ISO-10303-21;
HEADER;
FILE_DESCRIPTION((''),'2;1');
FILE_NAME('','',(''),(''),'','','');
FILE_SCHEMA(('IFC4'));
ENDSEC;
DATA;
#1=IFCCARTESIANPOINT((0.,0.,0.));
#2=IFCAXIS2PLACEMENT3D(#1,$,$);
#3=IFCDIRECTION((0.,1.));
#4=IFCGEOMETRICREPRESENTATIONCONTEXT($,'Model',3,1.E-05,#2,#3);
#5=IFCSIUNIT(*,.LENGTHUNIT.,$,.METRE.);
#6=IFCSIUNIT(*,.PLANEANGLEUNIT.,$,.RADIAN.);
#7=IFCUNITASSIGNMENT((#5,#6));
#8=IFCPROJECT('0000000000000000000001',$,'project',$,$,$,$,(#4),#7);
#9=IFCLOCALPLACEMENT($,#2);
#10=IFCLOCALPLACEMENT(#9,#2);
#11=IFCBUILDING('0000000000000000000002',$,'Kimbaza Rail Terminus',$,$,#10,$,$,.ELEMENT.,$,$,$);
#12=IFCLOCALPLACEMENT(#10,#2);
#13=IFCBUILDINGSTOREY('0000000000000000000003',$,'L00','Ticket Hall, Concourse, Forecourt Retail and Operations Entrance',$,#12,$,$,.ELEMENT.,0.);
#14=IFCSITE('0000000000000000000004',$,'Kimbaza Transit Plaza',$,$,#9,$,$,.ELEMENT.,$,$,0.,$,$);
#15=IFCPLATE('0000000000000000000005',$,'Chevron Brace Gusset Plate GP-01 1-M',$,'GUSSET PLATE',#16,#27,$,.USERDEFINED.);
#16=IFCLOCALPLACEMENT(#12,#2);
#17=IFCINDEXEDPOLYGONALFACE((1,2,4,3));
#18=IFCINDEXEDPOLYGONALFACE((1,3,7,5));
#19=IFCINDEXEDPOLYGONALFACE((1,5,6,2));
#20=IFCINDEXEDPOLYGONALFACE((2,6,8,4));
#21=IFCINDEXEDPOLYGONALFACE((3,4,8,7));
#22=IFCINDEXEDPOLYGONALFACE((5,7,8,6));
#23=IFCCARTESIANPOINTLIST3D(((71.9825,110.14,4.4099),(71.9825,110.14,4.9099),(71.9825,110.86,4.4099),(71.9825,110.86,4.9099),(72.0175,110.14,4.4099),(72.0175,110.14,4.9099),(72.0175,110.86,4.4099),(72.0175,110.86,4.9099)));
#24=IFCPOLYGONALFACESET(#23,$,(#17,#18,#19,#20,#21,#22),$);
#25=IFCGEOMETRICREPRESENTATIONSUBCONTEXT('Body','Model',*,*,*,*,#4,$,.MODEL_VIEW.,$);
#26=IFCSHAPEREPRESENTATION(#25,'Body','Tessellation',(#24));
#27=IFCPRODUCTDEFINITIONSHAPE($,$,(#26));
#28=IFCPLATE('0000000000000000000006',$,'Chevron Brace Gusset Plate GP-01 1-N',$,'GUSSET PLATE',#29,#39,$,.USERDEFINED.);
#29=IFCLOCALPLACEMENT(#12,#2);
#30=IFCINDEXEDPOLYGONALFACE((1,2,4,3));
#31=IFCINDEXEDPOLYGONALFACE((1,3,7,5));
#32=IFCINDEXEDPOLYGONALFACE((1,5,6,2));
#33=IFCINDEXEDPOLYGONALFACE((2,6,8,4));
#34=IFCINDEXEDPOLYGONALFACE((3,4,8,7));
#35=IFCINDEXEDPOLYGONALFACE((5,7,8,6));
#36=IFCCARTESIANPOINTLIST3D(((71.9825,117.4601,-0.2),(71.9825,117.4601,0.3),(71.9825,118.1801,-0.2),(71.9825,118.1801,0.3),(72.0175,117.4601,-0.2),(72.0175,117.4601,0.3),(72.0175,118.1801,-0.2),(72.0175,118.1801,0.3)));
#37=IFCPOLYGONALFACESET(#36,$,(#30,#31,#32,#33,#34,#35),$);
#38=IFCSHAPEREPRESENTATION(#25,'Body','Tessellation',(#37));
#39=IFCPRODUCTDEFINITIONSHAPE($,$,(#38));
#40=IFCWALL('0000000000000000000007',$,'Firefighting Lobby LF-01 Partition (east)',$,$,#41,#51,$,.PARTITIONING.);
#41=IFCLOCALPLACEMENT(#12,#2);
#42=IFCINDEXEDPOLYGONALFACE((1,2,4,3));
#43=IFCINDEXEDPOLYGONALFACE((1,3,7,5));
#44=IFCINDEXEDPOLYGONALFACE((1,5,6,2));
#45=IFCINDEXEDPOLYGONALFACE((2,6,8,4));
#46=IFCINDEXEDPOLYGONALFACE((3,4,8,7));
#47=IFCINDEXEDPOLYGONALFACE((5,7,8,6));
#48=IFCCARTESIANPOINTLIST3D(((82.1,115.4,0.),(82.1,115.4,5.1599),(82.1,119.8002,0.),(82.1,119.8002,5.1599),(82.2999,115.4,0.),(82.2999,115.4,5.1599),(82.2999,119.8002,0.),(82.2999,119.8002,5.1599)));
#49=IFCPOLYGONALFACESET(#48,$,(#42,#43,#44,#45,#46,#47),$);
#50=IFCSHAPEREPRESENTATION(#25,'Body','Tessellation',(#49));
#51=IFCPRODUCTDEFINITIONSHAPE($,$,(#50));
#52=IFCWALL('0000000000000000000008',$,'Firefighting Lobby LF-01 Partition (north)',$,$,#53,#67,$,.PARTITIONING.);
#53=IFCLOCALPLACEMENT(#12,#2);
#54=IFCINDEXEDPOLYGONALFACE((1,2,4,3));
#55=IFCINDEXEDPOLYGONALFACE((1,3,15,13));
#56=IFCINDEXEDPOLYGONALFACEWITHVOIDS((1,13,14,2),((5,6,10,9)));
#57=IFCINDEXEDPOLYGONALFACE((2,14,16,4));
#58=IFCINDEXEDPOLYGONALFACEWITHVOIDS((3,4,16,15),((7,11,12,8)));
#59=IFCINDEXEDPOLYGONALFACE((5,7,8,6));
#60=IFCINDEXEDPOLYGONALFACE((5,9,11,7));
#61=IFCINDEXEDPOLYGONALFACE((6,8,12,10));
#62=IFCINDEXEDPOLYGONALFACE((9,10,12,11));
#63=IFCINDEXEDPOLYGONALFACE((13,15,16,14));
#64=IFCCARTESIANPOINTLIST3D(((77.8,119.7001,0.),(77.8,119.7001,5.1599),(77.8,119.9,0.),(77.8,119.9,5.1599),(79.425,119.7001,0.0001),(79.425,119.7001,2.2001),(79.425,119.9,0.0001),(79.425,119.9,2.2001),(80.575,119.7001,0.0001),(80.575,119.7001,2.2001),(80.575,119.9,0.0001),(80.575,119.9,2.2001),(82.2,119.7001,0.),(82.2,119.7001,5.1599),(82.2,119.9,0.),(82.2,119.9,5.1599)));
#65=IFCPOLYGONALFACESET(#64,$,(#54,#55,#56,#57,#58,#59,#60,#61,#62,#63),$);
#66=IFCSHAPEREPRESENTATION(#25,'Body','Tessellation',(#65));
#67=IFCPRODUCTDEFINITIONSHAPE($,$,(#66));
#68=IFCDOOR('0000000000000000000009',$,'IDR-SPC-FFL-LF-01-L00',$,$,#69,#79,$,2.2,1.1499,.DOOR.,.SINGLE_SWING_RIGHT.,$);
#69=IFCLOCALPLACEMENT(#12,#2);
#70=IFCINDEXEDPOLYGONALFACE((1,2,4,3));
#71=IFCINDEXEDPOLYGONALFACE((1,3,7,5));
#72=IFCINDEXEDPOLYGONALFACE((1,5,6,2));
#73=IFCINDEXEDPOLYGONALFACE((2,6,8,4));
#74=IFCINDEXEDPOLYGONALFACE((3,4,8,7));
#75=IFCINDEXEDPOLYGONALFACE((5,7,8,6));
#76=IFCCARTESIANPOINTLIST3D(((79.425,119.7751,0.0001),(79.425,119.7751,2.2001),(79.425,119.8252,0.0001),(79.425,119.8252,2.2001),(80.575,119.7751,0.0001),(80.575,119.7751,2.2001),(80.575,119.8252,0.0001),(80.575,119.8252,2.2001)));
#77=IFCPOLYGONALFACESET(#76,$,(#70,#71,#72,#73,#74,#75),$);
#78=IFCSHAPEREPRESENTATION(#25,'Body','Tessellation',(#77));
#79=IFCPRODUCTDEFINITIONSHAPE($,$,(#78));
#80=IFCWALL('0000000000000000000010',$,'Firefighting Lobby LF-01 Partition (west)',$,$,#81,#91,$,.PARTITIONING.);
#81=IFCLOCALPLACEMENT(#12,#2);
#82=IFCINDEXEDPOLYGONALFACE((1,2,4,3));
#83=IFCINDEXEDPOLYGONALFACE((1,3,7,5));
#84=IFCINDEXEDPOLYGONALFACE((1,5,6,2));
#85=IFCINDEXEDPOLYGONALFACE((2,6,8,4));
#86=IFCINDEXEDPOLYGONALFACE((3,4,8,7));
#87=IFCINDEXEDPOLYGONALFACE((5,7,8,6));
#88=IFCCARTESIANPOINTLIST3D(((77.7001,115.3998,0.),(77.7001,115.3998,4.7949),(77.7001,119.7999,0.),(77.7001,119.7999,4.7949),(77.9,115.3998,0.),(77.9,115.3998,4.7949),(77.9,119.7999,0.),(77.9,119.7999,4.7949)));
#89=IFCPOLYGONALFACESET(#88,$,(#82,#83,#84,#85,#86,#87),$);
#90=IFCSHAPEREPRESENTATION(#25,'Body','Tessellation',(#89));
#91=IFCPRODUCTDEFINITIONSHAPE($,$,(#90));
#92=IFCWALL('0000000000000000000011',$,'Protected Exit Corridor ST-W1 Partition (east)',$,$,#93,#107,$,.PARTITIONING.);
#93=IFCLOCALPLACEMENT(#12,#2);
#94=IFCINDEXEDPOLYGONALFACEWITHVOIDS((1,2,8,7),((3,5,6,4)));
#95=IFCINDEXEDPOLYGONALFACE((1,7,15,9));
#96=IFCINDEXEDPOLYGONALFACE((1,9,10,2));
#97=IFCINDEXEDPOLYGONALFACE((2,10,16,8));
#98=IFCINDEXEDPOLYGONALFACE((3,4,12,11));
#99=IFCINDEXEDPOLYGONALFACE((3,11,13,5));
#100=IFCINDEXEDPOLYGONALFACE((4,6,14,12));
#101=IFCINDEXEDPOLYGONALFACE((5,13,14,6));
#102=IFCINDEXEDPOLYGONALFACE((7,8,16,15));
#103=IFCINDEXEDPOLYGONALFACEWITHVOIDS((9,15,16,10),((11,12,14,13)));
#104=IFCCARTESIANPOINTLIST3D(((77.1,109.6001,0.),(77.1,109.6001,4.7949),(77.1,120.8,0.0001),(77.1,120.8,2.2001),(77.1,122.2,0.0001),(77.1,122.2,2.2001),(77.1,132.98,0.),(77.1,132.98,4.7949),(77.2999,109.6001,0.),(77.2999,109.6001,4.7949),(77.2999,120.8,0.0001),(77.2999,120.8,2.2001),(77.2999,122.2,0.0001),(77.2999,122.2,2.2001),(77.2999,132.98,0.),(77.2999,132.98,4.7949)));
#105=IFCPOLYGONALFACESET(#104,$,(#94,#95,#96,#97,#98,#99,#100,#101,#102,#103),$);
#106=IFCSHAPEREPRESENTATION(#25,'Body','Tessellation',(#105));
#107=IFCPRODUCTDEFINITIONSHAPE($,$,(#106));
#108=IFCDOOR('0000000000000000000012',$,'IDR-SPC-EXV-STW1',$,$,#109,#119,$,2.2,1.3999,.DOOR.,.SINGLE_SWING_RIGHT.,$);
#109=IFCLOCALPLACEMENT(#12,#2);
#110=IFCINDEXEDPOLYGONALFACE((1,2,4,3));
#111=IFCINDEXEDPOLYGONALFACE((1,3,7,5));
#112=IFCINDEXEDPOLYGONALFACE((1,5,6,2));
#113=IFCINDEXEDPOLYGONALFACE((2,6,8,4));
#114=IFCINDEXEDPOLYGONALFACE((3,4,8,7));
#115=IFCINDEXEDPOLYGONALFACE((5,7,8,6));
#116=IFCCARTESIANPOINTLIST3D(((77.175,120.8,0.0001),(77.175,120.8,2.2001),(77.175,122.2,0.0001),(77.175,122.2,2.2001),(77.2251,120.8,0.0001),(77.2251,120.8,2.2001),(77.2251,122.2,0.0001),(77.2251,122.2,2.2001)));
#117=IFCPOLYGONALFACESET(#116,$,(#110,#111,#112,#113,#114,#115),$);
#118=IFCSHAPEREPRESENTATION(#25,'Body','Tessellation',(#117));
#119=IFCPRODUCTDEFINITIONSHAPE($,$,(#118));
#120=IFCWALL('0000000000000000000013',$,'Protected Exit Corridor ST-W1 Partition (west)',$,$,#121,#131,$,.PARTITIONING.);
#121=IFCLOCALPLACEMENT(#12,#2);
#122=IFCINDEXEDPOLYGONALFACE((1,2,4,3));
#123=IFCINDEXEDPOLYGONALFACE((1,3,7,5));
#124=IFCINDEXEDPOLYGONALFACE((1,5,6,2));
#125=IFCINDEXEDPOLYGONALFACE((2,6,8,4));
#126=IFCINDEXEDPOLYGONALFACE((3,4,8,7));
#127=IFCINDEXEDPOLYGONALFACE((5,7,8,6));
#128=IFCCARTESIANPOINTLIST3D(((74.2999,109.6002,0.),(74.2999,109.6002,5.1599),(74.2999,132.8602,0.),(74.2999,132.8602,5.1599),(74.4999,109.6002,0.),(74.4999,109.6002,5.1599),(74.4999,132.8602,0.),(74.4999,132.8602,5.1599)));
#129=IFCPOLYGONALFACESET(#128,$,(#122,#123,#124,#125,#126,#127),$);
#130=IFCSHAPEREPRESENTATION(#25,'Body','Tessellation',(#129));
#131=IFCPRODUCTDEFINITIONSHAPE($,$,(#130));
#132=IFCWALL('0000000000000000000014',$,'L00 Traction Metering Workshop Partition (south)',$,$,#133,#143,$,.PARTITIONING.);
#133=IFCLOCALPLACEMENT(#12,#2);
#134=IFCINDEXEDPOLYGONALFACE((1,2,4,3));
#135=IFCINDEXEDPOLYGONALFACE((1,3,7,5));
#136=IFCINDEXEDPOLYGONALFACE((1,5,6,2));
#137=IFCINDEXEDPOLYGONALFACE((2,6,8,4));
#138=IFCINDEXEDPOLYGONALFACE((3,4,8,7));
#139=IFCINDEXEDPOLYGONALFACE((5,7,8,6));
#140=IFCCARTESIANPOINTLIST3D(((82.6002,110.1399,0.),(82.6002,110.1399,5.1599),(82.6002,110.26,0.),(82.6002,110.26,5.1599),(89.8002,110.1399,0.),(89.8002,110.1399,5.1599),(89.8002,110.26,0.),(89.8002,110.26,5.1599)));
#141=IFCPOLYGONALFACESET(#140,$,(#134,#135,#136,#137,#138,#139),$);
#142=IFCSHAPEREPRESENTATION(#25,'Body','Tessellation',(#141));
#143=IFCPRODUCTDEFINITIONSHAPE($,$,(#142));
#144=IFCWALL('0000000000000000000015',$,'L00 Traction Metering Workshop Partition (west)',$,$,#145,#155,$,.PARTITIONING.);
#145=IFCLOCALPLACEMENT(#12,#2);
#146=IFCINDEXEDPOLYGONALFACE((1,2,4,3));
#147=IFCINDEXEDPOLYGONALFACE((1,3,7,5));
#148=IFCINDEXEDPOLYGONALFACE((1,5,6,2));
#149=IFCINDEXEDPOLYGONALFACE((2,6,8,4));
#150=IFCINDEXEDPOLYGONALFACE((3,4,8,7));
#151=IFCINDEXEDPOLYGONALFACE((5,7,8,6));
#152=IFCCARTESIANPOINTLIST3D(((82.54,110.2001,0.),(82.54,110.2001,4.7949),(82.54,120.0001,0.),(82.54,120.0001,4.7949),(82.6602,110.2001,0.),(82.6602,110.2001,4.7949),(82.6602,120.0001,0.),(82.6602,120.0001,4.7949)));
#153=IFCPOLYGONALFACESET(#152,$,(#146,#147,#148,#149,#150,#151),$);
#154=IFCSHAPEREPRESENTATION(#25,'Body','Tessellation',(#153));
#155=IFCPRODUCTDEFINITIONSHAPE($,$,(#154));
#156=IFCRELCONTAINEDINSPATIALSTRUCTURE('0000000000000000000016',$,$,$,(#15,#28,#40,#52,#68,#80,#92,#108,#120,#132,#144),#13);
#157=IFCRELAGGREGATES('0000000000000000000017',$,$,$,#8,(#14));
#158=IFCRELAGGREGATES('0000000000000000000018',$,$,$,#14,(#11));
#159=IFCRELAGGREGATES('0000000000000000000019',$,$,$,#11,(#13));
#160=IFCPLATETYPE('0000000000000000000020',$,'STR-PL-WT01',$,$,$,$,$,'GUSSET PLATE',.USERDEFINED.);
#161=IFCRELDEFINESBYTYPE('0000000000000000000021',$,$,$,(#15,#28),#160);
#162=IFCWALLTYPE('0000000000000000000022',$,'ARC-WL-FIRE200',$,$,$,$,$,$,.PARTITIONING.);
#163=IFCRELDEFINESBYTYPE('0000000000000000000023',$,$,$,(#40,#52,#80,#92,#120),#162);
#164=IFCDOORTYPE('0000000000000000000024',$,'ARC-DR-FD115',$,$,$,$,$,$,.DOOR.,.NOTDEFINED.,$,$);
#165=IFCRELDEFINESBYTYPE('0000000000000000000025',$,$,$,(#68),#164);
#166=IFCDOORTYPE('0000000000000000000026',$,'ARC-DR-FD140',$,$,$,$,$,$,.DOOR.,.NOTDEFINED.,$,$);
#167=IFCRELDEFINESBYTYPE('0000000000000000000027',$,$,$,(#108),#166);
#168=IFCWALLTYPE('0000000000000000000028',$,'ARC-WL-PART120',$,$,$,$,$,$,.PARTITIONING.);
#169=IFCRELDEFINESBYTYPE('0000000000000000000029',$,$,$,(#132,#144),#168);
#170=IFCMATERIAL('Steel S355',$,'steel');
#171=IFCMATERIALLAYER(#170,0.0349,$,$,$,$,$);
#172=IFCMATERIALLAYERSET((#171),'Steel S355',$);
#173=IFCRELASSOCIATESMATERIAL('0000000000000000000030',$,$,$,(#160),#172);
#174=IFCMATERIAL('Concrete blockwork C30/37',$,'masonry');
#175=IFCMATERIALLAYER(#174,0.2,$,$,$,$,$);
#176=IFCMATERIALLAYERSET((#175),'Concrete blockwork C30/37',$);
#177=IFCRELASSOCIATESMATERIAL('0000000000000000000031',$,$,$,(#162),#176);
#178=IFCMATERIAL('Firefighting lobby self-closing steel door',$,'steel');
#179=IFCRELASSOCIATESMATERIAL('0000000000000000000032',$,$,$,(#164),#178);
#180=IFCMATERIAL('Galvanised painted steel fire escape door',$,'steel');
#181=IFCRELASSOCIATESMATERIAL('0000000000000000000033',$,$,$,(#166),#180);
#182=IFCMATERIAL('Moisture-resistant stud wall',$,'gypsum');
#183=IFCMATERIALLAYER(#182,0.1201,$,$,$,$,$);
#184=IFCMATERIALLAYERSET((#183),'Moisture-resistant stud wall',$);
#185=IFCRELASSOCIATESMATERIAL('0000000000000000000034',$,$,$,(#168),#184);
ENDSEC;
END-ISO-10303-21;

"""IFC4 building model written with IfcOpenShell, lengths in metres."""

from ifc_helpers import new_model, si_unit, direction, frame, frame_2d, origin, origin_2d, place, context, subcontext, project, spatial, rectangle, extrude, material, layer, layer_set, type_object, element, fill, save


model = new_model("IFC4")

# Units and contexts
model_context = context("Model", 3, precision=1e-05, world=origin(), true_north=direction((0.0, 1.0)))
body_context = subcontext(model_context, "Body", "Model", "MODEL_VIEW")
ifc_project = project(units=[si_unit("LENGTHUNIT", "METRE"), si_unit("PLANEANGLEUNIT", "RADIAN")], contexts=[model_context])

# Site, building, storey
site_placement = place(None, origin())
site = spatial("IfcSite", under=ifc_project, at=site_placement, Name="Kimbaza Transit Plaza", CompositionType="ELEMENT", RefElevation=0.0)
building_placement = place(site_placement, origin())
building = spatial("IfcBuilding", under=site, at=building_placement, Name="Kimbaza Rail Terminus", CompositionType="ELEMENT")
storey_placement = place(building_placement, origin())
storey = spatial("IfcBuildingStorey", under=building, at=storey_placement, Name="L00", Description="Ticket Hall, Concourse, Forecourt Retail and Operations Entrance", CompositionType="ELEMENT", Elevation=0.0)

# Plates
ifc_material_1 = material(Name="Steel S355", Category="steel")
ifc_layer_1 = layer(ifc_material_1, 0.0349)
ifc_layer_set_1 = layer_set([ifc_layer_1], Name="Steel S355")
plate_type = type_object("IfcPlateType", Name="STR-PL-WT01", ElementType="GUSSET PLATE", PredefinedType="USERDEFINED", material=ifc_layer_set_1)
for number, where, z_axis, x_axis, name in (
    (1, (72.0, 110.5, 4.4099), (0.0, 0.0, 1.0), (1.0, 0.0, 0.0), "Chevron Brace Gusset Plate GP-01 1-M"),
    (2, (72.0, 117.8201, -0.2), (0.0, 0.0, 1.0), (1.0, 0.0, 0.0), "Chevron Brace Gusset Plate GP-01 1-N"),
):
    element("IfcPlate", number, at=place(storey_placement, frame(where, z_axis=z_axis, x_axis=x_axis)), inside=storey, type_object=plate_type, Name=name, ObjectType="GUSSET PLATE", PredefinedType="USERDEFINED", context=body_context, shape_type="SweptSolid", body=[
        extrude(rectangle(XDim=0.0349, YDim=0.72, at=origin_2d()), origin(), (0.0, 0.0, 1.0), 0.5),
    ])

# Wall
ifc_material_2 = material(Name="Concrete blockwork C30/37", Category="masonry")
ifc_layer_2 = layer(ifc_material_2, 0.2)
ifc_layer_set_2 = layer_set([ifc_layer_2], Name="Concrete blockwork C30/37")
wall_type_1 = type_object("IfcWallType", Name="ARC-WL-FIRE200", PredefinedType="PARTITIONING", material=ifc_layer_set_2)
wall_1_placement = place(storey_placement, frame((82.2, 115.3999, 0.0), z_axis=(0.0, 0.0, 1.0), x_axis=(0.0, 1.0, 0.0)))
element("IfcWall", 3, at=wall_1_placement, inside=storey, type_object=wall_type_1, Name="Firefighting Lobby LF-01 Partition (east)", PredefinedType="PARTITIONING", context=body_context, shape_type="SweptSolid", body=[
    extrude(rectangle(XDim=4.4001, YDim=0.2, at=frame_2d((2.2002, 0.0))), origin(), (0.0, 0.0, 1.0), 5.1599),
])

# Wall, opening, door
wall_2_placement = place(storey_placement, frame((82.2, 119.8, 0.0), z_axis=(0.0, 0.0, 1.0), x_axis=(-1.0, 0.0, 0.0)))
wall_2 = element("IfcWall", 4, at=wall_2_placement, inside=storey, type_object=wall_type_1, Name="Firefighting Lobby LF-01 Partition (north)", PredefinedType="PARTITIONING", context=body_context, shape_type="SweptSolid", body=[
    extrude(rectangle(XDim=4.3999, YDim=0.2, at=frame_2d((2.2, 0.0))), origin(), (0.0, 0.0, 1.0), 5.1599),
])
opening_1_placement = place(wall_2_placement, frame((1.625, 0.0, 0.0)))
opening_1 = element("IfcOpeningElement", 5, at=opening_1_placement, cuts=wall_2, PredefinedType="OPENING", context=body_context, shape_type="SweptSolid", body=[
    extrude(rectangle(XDim=1.1499, YDim=2.2, at=frame_2d((0.575, 1.1001))), frame((0.0, 0.1099, 0.0), z_axis=(0.0, -1.0, 0.0), x_axis=(1.0, 0.0, 0.0)), (0.0, 0.0, 1.0), 0.22),
])
ifc_material_3 = material(Name="Firefighting lobby self-closing steel door", Category="steel")
door_type_1 = type_object("IfcDoorType", Name="ARC-DR-FD115", OperationType="NOTDEFINED", PredefinedType="DOOR", material=ifc_material_3)
door_1_placement = place(opening_1_placement, origin())
door_1 = element("IfcDoor", 6, at=door_1_placement, inside=storey, type_object=door_type_1, Name="IDR-SPC-FFL-LF-01-L00", OperationType="SINGLE_SWING_RIGHT", OverallHeight=2.2, OverallWidth=1.1499, PredefinedType="DOOR", context=body_context, shape_type="SweptSolid", body=[
    extrude(rectangle(XDim=1.1499, YDim=2.2, at=frame_2d((0.575, 1.1001))), frame((0.0, 0.0249, 0.0), z_axis=(0.0, -1.0, 0.0), x_axis=(1.0, 0.0, 0.0)), (0.0, 0.0, 1.0), 0.05),
])
fill(opening_1, door_1)

# Wall
wall_3_placement = place(storey_placement, frame((77.8, 119.8, 0.0), z_axis=(0.0, 0.0, 1.0), x_axis=(0.0, -1.0, 0.0)))
element("IfcWall", 7, at=wall_3_placement, inside=storey, type_object=wall_type_1, Name="Firefighting Lobby LF-01 Partition (west)", PredefinedType="PARTITIONING", context=body_context, shape_type="SweptSolid", body=[
    extrude(rectangle(XDim=4.4001, YDim=0.2, at=frame_2d((2.2002, 0.0))), origin(), (0.0, 0.0, 1.0), 4.7949),
])

# Wall, opening, door
wall_4_placement = place(storey_placement, frame((77.2, 109.6001, 0.0), z_axis=(0.0, 0.0, 1.0), x_axis=(0.0, 1.0, 0.0)))
wall_4 = element("IfcWall", 8, at=wall_4_placement, inside=storey, type_object=wall_type_1, Name="Protected Exit Corridor ST-W1 Partition (east)", PredefinedType="PARTITIONING", context=body_context, shape_type="SweptSolid", body=[
    extrude(rectangle(XDim=23.3799, YDim=0.2, at=frame_2d((11.6899, 0.0))), origin(), (0.0, 0.0, 1.0), 4.7949),
])
opening_2_placement = place(wall_4_placement, frame((11.2, 0.0, 0.0)))
opening_2 = element("IfcOpeningElement", 9, at=opening_2_placement, cuts=wall_4, PredefinedType="OPENING", context=body_context, shape_type="SweptSolid", body=[
    extrude(rectangle(XDim=1.3999, YDim=2.2, at=frame_2d((0.7, 1.1001))), frame((0.0, 0.1099, 0.0), z_axis=(0.0, -1.0, 0.0), x_axis=(1.0, 0.0, 0.0)), (0.0, 0.0, 1.0), 0.22),
])
ifc_material_4 = material(Name="Galvanised painted steel fire escape door", Category="steel")
door_type_2 = type_object("IfcDoorType", Name="ARC-DR-FD140", OperationType="NOTDEFINED", PredefinedType="DOOR", material=ifc_material_4)
door_2_placement = place(opening_2_placement, origin())
door_2 = element("IfcDoor", 10, at=door_2_placement, inside=storey, type_object=door_type_2, Name="IDR-SPC-EXV-STW1", OperationType="SINGLE_SWING_RIGHT", OverallHeight=2.2, OverallWidth=1.3999, PredefinedType="DOOR", context=body_context, shape_type="SweptSolid", body=[
    extrude(rectangle(XDim=1.3999, YDim=2.2, at=frame_2d((0.7, 1.1001))), frame((0.0, 0.0249, 0.0), z_axis=(0.0, -1.0, 0.0), x_axis=(1.0, 0.0, 0.0)), (0.0, 0.0, 1.0), 0.05),
])
fill(opening_2, door_2)

# Walls
wall_5_placement = place(storey_placement, frame((74.3999, 132.8601, 0.0), z_axis=(0.0, 0.0, 1.0), x_axis=(0.0, -1.0, 0.0)))
element("IfcWall", 11, at=wall_5_placement, inside=storey, type_object=wall_type_1, Name="Protected Exit Corridor ST-W1 Partition (west)", PredefinedType="PARTITIONING", context=body_context, shape_type="SweptSolid", body=[
    extrude(rectangle(XDim=23.26, YDim=0.2, at=frame_2d((11.6299, 0.0))), origin(), (0.0, 0.0, 1.0), 5.1599),
])
ifc_material_5 = material(Name="Moisture-resistant stud wall", Category="gypsum")
ifc_layer_3 = layer(ifc_material_5, 0.1201)
ifc_layer_set_3 = layer_set([ifc_layer_3], Name="Moisture-resistant stud wall")
wall_type_2 = type_object("IfcWallType", Name="ARC-WL-PART120", PredefinedType="PARTITIONING", material=ifc_layer_set_3)
wall_6_placement = place(storey_placement, frame((82.6001, 110.2, 0.0), z_axis=(0.0, 0.0, 1.0), x_axis=(1.0, 0.0, 0.0)))
element("IfcWall", 12, at=wall_6_placement, inside=storey, type_object=wall_type_2, Name="L00 Traction Metering Workshop Partition (south)", PredefinedType="PARTITIONING", context=body_context, shape_type="SweptSolid", body=[
    extrude(rectangle(XDim=7.2, YDim=0.1201, at=frame_2d((3.6001, 0.0))), origin(), (0.0, 0.0, 1.0), 5.1599),
])
wall_7_placement = place(storey_placement, frame((82.6001, 120.0, 0.0), z_axis=(0.0, 0.0, 1.0), x_axis=(0.0, -1.0, 0.0)))
element("IfcWall", 13, at=wall_7_placement, inside=storey, type_object=wall_type_2, Name="L00 Traction Metering Workshop Partition (west)", PredefinedType="PARTITIONING", context=body_context, shape_type="SweptSolid", body=[
    extrude(rectangle(XDim=9.8, YDim=0.1201, at=frame_2d((4.8999, 0.0))), origin(), (0.0, 0.0, 1.0), 4.7949),
])

save(model, "model.ifc")
